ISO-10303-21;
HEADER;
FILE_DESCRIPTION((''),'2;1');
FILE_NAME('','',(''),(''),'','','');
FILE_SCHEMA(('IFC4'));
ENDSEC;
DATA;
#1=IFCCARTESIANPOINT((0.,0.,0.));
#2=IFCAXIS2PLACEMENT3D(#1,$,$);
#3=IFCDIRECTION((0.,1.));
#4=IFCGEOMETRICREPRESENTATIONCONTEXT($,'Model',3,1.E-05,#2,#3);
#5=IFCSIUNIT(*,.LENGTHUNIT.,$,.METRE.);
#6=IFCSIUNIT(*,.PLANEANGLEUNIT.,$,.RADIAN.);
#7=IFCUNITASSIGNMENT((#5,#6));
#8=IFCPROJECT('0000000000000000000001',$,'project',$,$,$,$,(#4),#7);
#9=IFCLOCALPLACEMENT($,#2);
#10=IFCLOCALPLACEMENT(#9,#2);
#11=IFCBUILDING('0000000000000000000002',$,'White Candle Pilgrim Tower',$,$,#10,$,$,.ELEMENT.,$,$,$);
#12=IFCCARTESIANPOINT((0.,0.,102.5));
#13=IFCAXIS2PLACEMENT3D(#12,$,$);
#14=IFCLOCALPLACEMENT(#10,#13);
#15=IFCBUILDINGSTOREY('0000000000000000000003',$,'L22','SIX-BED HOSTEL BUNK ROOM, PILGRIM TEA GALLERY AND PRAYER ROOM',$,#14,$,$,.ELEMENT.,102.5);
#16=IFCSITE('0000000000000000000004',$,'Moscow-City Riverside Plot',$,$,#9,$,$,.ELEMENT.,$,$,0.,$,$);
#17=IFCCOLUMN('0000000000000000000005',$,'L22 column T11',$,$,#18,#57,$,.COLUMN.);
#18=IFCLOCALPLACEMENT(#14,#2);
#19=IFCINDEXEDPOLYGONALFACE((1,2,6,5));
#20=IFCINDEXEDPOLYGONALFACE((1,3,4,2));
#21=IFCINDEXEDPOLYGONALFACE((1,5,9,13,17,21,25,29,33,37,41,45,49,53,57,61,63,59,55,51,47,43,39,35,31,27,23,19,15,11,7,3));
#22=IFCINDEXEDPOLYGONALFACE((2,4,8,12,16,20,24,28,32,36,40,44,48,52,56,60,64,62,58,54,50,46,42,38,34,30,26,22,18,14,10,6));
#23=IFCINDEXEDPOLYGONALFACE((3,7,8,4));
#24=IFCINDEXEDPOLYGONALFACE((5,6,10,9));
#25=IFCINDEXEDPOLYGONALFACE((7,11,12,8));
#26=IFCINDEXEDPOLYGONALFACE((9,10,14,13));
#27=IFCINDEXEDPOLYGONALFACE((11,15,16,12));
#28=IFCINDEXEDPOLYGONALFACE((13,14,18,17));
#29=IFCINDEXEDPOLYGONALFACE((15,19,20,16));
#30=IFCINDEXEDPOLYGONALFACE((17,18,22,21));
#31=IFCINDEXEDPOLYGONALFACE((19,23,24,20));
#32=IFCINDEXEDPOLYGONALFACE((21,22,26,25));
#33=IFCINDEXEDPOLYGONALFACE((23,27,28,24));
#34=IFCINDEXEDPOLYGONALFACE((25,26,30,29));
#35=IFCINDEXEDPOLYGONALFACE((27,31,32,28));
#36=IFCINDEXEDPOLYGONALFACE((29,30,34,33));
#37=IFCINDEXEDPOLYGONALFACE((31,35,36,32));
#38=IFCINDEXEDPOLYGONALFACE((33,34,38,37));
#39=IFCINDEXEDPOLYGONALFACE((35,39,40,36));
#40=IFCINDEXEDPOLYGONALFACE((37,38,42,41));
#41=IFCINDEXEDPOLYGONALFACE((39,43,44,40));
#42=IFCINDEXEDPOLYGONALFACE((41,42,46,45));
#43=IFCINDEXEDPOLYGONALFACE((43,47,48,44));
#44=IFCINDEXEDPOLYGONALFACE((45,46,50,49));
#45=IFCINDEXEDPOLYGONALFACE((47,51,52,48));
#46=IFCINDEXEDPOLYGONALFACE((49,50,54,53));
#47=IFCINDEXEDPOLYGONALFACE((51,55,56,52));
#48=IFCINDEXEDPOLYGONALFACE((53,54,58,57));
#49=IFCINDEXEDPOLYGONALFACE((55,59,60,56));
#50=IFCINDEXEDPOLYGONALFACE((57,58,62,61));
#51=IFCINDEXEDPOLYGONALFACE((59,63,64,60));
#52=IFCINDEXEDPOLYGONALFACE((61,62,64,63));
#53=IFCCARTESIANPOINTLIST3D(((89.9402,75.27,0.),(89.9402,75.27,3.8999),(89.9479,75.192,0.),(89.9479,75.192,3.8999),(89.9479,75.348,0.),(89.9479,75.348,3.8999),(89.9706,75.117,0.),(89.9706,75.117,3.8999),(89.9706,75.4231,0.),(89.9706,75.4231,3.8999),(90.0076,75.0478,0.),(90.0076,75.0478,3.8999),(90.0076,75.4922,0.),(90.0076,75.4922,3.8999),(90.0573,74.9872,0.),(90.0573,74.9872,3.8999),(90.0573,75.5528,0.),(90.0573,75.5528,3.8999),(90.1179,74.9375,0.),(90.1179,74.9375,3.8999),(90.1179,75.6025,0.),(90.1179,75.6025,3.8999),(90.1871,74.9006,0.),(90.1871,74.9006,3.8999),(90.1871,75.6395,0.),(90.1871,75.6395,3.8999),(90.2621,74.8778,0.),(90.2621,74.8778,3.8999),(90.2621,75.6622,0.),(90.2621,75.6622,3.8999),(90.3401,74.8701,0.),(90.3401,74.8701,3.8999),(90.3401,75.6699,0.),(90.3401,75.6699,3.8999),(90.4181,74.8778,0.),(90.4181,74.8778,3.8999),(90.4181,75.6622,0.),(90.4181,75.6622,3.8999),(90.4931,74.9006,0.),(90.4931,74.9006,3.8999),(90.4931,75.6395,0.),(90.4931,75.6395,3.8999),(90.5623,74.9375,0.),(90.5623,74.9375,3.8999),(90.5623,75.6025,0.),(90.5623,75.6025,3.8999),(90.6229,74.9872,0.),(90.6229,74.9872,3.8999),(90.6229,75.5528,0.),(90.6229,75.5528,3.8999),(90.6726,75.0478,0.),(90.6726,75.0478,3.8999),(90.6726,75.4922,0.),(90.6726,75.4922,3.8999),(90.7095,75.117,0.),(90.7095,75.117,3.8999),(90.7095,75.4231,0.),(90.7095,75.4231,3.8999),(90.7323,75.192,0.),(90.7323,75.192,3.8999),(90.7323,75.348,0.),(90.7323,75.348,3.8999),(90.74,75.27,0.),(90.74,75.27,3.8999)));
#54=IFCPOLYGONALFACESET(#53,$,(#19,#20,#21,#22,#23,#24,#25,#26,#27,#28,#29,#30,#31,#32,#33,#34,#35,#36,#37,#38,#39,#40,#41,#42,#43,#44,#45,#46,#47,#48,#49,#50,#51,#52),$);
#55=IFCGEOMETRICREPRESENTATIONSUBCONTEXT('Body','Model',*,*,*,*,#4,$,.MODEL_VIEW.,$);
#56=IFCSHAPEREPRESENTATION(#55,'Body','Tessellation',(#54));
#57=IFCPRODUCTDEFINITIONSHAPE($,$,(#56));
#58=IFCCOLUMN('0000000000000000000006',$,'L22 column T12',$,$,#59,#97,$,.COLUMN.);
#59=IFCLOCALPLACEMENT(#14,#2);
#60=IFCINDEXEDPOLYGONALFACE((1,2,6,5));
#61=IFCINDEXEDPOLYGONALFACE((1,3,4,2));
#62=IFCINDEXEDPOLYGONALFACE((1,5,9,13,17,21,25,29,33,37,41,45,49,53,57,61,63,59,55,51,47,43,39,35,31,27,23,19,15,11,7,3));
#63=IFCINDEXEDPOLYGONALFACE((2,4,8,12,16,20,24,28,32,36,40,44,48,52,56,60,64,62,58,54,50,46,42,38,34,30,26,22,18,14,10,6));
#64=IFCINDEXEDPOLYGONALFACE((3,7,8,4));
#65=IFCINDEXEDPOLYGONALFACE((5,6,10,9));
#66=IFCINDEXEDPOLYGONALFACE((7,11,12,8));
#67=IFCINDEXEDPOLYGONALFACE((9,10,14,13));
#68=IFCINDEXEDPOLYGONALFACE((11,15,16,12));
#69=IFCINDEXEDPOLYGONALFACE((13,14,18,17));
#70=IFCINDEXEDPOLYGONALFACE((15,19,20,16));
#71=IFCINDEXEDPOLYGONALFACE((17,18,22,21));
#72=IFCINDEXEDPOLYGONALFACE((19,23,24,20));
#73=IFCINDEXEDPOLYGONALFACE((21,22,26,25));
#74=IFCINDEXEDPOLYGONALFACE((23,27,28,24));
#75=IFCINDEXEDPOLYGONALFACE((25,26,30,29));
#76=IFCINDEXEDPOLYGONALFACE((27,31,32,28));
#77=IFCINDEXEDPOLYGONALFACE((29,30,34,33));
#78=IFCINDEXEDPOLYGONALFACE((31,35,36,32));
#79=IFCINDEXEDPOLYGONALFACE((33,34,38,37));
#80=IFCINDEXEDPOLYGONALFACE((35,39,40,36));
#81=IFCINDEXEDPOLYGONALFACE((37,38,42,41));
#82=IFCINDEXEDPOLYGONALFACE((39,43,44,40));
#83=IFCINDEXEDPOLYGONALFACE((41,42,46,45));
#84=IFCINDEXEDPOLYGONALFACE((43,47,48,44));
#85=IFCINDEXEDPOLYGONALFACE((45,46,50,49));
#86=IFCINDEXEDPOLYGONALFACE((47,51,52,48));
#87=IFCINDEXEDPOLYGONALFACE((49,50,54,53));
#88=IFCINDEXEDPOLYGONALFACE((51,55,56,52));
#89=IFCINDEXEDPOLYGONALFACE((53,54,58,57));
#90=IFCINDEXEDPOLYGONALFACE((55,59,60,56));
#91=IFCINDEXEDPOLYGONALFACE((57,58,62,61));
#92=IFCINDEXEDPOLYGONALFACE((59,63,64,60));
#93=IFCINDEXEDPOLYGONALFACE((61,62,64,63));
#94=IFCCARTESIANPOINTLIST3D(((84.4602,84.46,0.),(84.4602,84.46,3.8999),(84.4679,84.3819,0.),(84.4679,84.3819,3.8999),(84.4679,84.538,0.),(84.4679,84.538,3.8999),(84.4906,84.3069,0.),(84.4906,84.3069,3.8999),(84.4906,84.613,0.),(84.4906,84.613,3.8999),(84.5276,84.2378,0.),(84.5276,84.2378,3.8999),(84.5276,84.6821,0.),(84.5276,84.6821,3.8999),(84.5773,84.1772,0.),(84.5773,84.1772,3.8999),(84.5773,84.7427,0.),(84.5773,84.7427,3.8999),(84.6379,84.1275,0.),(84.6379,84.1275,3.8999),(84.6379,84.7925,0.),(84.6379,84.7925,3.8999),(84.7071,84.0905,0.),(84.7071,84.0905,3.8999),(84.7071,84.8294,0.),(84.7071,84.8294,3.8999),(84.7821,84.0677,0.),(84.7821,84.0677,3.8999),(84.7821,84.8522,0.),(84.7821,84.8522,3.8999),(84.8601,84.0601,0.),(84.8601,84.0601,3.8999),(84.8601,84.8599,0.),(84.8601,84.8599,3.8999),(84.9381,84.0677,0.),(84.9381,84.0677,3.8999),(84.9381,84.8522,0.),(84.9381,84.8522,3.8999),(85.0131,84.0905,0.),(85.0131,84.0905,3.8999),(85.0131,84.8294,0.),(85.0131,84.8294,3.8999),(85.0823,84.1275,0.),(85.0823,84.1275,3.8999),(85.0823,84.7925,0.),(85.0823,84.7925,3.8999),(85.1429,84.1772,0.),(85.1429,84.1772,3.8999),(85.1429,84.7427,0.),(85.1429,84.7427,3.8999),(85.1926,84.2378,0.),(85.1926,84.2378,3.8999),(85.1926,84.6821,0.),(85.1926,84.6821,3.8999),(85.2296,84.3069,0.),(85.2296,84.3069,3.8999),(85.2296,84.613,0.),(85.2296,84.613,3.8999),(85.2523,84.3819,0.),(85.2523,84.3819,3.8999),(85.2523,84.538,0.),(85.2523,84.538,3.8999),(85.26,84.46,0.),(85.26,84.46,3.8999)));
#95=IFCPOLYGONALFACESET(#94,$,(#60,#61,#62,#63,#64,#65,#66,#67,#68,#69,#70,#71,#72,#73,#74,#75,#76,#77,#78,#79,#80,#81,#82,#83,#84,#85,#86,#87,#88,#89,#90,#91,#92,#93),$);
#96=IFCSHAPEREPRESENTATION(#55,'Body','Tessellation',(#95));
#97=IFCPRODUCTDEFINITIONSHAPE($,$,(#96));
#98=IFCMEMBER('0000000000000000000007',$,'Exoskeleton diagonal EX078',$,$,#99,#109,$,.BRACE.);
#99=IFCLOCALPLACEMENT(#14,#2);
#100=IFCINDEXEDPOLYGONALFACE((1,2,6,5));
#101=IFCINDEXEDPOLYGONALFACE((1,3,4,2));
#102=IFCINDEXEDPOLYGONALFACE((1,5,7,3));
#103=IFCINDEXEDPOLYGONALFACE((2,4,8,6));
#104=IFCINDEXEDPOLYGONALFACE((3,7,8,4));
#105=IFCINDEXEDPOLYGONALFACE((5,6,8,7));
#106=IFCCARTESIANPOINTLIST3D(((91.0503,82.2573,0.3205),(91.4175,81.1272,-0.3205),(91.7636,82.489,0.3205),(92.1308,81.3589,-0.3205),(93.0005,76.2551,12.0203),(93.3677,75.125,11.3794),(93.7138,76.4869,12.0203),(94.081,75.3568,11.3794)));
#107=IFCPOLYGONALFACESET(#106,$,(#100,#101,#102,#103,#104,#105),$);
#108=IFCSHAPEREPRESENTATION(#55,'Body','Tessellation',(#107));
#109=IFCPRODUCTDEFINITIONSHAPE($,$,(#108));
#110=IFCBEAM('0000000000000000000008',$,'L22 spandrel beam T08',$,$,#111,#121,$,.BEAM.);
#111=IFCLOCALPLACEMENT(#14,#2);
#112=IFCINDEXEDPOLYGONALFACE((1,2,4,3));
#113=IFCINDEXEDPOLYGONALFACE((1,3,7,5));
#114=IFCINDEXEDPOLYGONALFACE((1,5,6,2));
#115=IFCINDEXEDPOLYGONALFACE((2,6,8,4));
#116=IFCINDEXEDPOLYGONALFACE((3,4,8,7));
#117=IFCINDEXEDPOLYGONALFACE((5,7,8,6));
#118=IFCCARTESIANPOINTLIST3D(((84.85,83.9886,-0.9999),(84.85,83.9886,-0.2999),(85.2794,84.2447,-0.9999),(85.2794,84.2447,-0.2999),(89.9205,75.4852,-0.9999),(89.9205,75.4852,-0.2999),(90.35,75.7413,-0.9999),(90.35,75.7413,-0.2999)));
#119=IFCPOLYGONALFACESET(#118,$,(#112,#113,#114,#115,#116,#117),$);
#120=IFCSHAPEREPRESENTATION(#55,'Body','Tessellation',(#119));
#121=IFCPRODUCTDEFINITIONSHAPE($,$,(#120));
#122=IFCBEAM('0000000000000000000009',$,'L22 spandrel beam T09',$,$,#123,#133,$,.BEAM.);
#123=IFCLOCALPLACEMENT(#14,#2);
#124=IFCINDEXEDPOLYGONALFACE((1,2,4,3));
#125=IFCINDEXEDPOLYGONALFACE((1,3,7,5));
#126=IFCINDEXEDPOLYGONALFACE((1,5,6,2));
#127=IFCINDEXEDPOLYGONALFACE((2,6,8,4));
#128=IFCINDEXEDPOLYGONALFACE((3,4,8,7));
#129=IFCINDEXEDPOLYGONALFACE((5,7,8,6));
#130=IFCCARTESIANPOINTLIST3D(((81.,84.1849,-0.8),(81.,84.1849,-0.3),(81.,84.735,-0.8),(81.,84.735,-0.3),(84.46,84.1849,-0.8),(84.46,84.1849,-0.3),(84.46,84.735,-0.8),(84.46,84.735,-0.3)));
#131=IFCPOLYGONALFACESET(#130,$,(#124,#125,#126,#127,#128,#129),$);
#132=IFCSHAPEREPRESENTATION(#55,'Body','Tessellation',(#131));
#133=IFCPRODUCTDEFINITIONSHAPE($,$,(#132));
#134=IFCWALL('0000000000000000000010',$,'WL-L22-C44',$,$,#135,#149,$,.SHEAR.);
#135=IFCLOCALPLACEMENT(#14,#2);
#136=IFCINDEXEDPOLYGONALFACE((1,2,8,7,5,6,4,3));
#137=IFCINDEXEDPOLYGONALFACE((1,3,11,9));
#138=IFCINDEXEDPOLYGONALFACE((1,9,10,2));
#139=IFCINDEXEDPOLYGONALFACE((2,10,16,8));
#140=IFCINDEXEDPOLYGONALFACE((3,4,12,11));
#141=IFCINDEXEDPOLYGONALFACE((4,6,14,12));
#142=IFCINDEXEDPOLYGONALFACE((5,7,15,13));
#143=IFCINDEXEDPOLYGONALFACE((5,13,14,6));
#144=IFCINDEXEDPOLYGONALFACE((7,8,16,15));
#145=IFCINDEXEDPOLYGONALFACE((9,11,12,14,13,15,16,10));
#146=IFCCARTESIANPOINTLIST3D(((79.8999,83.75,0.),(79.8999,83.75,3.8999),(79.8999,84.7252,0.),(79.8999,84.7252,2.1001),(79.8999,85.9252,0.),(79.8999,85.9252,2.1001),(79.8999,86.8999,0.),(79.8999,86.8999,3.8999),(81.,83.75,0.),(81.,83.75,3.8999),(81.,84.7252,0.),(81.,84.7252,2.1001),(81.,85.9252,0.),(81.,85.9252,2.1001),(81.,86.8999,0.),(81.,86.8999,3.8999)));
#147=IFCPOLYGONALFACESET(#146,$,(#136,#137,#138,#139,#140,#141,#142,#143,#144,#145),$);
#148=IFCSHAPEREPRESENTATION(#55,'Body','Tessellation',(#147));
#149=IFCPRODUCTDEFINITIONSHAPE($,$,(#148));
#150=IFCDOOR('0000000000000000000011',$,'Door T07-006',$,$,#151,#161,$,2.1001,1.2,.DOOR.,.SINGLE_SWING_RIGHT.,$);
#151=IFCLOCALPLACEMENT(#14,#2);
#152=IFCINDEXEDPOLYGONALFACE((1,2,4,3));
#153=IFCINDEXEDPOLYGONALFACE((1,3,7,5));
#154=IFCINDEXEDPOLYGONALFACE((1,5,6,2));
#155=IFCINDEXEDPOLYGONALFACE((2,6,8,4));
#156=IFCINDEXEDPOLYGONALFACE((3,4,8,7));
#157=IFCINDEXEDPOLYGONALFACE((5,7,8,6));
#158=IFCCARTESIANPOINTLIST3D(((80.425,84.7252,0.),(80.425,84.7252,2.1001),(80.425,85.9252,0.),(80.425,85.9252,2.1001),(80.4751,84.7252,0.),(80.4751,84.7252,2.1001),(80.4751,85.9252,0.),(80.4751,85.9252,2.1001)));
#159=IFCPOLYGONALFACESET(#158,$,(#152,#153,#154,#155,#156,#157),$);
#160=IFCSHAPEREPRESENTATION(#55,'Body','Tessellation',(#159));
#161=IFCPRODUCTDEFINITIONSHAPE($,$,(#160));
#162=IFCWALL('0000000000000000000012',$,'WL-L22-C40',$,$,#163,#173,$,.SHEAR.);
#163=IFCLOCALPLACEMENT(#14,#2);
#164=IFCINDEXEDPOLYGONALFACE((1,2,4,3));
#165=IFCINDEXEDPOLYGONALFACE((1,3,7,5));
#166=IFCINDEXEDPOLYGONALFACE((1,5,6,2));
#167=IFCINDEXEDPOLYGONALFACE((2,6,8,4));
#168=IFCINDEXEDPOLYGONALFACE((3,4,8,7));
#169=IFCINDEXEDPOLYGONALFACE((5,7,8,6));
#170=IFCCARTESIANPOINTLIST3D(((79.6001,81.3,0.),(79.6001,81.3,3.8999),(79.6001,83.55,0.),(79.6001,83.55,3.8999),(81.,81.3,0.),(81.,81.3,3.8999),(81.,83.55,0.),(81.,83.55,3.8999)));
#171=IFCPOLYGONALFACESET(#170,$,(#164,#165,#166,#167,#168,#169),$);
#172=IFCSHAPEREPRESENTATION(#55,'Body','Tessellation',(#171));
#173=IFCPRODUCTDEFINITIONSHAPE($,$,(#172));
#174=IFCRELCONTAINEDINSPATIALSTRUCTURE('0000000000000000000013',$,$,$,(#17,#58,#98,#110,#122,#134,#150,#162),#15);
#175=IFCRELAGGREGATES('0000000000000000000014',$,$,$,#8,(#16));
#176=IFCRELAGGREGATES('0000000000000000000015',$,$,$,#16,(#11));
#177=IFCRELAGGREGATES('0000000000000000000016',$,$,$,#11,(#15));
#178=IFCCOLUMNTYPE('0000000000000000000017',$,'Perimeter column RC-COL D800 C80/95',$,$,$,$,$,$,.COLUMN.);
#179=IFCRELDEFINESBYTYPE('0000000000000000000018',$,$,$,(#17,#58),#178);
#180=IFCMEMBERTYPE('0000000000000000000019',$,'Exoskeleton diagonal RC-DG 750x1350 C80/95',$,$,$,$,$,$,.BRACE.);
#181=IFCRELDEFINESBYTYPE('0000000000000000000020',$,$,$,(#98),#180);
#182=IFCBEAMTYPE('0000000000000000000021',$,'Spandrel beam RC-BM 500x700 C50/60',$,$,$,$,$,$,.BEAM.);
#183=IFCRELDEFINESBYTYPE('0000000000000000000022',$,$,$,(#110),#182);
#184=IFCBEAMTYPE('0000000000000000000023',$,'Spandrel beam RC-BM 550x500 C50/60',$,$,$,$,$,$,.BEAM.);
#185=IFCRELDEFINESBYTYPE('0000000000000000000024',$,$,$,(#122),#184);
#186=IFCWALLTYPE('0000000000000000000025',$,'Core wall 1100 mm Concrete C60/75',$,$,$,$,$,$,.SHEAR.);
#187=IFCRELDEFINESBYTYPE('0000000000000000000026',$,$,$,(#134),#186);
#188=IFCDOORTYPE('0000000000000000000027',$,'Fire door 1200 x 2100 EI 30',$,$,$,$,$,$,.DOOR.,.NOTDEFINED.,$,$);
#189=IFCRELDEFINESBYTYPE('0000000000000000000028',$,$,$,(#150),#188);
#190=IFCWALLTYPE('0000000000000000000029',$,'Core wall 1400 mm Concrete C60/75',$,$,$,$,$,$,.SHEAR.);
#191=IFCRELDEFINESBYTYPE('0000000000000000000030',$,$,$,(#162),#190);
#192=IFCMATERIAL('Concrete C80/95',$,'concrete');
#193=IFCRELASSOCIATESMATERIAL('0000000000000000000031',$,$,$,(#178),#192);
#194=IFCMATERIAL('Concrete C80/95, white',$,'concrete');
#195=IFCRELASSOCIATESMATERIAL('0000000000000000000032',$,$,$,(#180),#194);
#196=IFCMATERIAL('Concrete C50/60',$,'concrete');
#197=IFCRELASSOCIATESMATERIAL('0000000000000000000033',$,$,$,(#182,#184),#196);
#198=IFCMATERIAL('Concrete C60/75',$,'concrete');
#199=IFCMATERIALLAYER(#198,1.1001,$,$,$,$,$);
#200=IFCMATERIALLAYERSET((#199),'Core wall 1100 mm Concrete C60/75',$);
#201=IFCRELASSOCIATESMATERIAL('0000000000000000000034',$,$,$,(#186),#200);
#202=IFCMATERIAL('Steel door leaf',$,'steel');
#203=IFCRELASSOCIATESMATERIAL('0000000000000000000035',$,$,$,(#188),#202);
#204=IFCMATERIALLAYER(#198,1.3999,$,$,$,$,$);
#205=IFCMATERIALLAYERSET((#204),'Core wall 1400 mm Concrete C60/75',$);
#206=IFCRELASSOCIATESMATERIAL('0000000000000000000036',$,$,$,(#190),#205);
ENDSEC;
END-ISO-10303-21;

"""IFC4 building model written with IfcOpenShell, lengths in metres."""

from ifc_helpers import new_model, si_unit, direction, frame, frame_2d, origin, origin_2d, place, context, subcontext, project, spatial, rectangle, circle, extrude, material, layer, layer_set, material_profile, profile_set, type_object, element, fill, save


model = new_model("IFC4")

# Units and contexts
model_context = context("Model", 3, precision=1e-05, world=origin(), true_north=direction((0.0, 1.0)))
body_context = subcontext(model_context, "Body", "Model", "MODEL_VIEW")
ifc_project = project(units=[si_unit("LENGTHUNIT", "METRE"), si_unit("PLANEANGLEUNIT", "RADIAN")], contexts=[model_context])

# Site, building, storey
site_placement = place(None, origin())
site = spatial("IfcSite", under=ifc_project, at=site_placement, Name="Moscow-City Riverside Plot", CompositionType="ELEMENT", RefElevation=0.0)
building_placement = place(site_placement, origin())
building = spatial("IfcBuilding", under=site, at=building_placement, Name="White Candle Pilgrim Tower", CompositionType="ELEMENT")
storey_placement = place(building_placement, frame((0.0, 0.0, 102.5)))
storey = spatial("IfcBuildingStorey", under=building, at=storey_placement, Name="L22", Description="SIX-BED HOSTEL BUNK ROOM, PILGRIM TEA GALLERY AND PRAYER ROOM", CompositionType="ELEMENT", Elevation=102.5)

# Columns
ifc_material_1 = material(Name="Concrete C80/95", Category="concrete")
ifc_material_profile_1 = material_profile(ifc_material_1, circle(Radius=0.3999, at=origin_2d()), Name="RC-COL D800")
ifc_profile_set_1 = profile_set([ifc_material_profile_1], Name="Concrete C80/95")
column_type = type_object("IfcColumnType", Name="Perimeter column RC-COL D800 C80/95", PredefinedType="COLUMN", material=ifc_profile_set_1)
for number, where, z_axis, x_axis, name in (
    (1, (90.3401, 75.27, 0.0), (0.0, 0.0, 1.0), (1.0, 0.0, 0.0), "L22 column T11"),
    (2, (84.8601, 84.46, 0.0), (0.0, 0.0, 1.0), (1.0, 0.0, 0.0), "L22 column T12"),
):
    element("IfcColumn", number, at=place(storey_placement, frame(where, z_axis=z_axis, x_axis=x_axis)), inside=storey, type_object=column_type, Name=name, PredefinedType="COLUMN", context=body_context, shape_type="SweptSolid", body=[
        extrude(circle(Radius=0.3999, at=origin_2d()), origin(), (0.0, 0.0, 1.0), 3.8999),
    ])

# Member
ifc_material_2 = material(Name="Concrete C80/95, white", Category="concrete")
ifc_material_profile_2 = material_profile(ifc_material_2, rectangle(XDim=0.75, YDim=1.3501, at=origin_2d()), Name="RC-DG 750x1350")
ifc_profile_set_2 = profile_set([ifc_material_profile_2], Name="Concrete C80/95, white")
member_type = type_object("IfcMemberType", Name="Exoskeleton diagonal RC-DG 750x1350 C80/95", PredefinedType="BRACE", material=ifc_profile_set_2)
member_placement = place(storey_placement, frame((91.5906, 81.8081, 0.0), z_axis=(0.146702, -0.451512, 0.880122), x_axis=(0.951058, 0.309012, 0.0)))
element("IfcMember", 3, at=member_placement, inside=storey, type_object=member_type, Name="Exoskeleton diagonal EX078", PredefinedType="BRACE", context=body_context, shape_type="SweptSolid", body=[
    extrude(rectangle(XDim=0.75, YDim=1.3501, at=origin_2d()), origin(), (0.0, 0.0, 1.0), 13.2935),
])

# Beams
ifc_material_3 = material(Name="Concrete C50/60", Category="concrete")
ifc_material_profile_3 = material_profile(ifc_material_3, rectangle(XDim=0.5, YDim=0.7, at=origin_2d()), Name="RC-BM 500x700")
ifc_profile_set_3 = profile_set([ifc_material_profile_3], Name="Concrete C50/60")
beam_type_1 = type_object("IfcBeamType", Name="Spandrel beam RC-BM 500x700 C50/60", PredefinedType="BEAM", material=ifc_profile_set_3)
beam_1_placement = place(storey_placement, frame((90.1353, 75.6133, -0.6499), z_axis=(-0.512155, 0.858893, 0.0), x_axis=(-0.858893, -0.512155, 0.0)))
element("IfcBeam", 4, at=beam_1_placement, inside=storey, type_object=beam_type_1, Name="L22 spandrel beam T08", PredefinedType="BEAM", context=body_context, shape_type="SweptSolid", body=[
    extrude(rectangle(XDim=0.5, YDim=0.7, at=origin_2d()), origin(), (0.0, 0.0, 1.0), 9.9004),
])
ifc_material_profile_4 = material_profile(ifc_material_3, rectangle(XDim=0.55, YDim=0.5, at=origin_2d()), Name="RC-BM 550x500")
ifc_profile_set_4 = profile_set([ifc_material_profile_4], Name="Concrete C50/60")
beam_type_2 = type_object("IfcBeamType", Name="Spandrel beam RC-BM 550x500 C50/60", PredefinedType="BEAM", material=ifc_profile_set_4)
beam_2_placement = place(storey_placement, frame((84.46, 84.46, -0.55), z_axis=(-1.0, 0.0, 0.0), x_axis=(0.0, -1.0, 0.0)))
element("IfcBeam", 5, at=beam_2_placement, inside=storey, type_object=beam_type_2, Name="L22 spandrel beam T09", PredefinedType="BEAM", context=body_context, shape_type="SweptSolid", body=[
    extrude(rectangle(XDim=0.55, YDim=0.5, at=origin_2d()), origin(), (0.0, 0.0, 1.0), 3.46),
])

# Wall, opening, door
ifc_material_4 = material(Name="Concrete C60/75", Category="concrete")
ifc_layer_1 = layer(ifc_material_4, 1.1001)
ifc_layer_set_1 = layer_set([ifc_layer_1], Name="Core wall 1100 mm Concrete C60/75")
wall_type_1 = type_object("IfcWallType", Name="Core wall 1100 mm Concrete C60/75", PredefinedType="SHEAR", material=ifc_layer_set_1)
wall_1_placement = place(storey_placement, frame((80.45, 83.75, 0.0), z_axis=(0.0, 0.0, 1.0), x_axis=(0.0, 1.0, 0.0)))
wall_1 = element("IfcWall", 6, at=wall_1_placement, inside=storey, type_object=wall_type_1, Name="WL-L22-C44", PredefinedType="SHEAR", context=body_context, shape_type="SweptSolid", body=[
    extrude(rectangle(XDim=3.1499, YDim=1.1001, at=frame_2d((1.575, 0.0))), origin(), (0.0, 0.0, 1.0), 3.8999),
])
opening_1_placement = place(wall_1_placement, frame((0.9751, 0.0, 0.0)))
opening_1 = element("IfcOpeningElement", 7, at=opening_1_placement, cuts=wall_1, PredefinedType="OPENING", context=body_context, shape_type="SweptSolid", body=[
    extrude(rectangle(XDim=1.2, YDim=2.1001, at=frame_2d((0.6001, 1.05))), frame((0.0, 0.5601, 0.0), z_axis=(0.0, -1.0, 0.0), x_axis=(1.0, 0.0, 0.0)), (0.0, 0.0, 1.0), 1.1201),
])
ifc_material_5 = material(Name="Steel door leaf", Category="steel")
door_type_1 = type_object("IfcDoorType", Name="Fire door 1200 x 2100 EI 30", OperationType="NOTDEFINED", PredefinedType="DOOR", material=ifc_material_5)
door_1_placement = place(opening_1_placement, origin())
door_1 = element("IfcDoor", 8, at=door_1_placement, inside=storey, type_object=door_type_1, Name="Door T07-006", OperationType="SINGLE_SWING_RIGHT", OverallHeight=2.1001, OverallWidth=1.2, PredefinedType="DOOR", context=body_context, shape_type="SweptSolid", body=[
    extrude(rectangle(XDim=1.2, YDim=2.1001, at=frame_2d((0.6001, 1.05))), frame((0.0, 0.0249, 0.0), z_axis=(0.0, -1.0, 0.0), x_axis=(1.0, 0.0, 0.0)), (0.0, 0.0, 1.0), 0.05),
])
fill(opening_1, door_1)

# Wall
ifc_layer_2 = layer(ifc_material_4, 1.3999)
ifc_layer_set_2 = layer_set([ifc_layer_2], Name="Core wall 1400 mm Concrete C60/75")
wall_type_2 = type_object("IfcWallType", Name="Core wall 1400 mm Concrete C60/75", PredefinedType="SHEAR", material=ifc_layer_set_2)
wall_2_placement = place(storey_placement, frame((80.3, 81.3, 0.0), z_axis=(0.0, 0.0, 1.0), x_axis=(0.0, 1.0, 0.0)))
element("IfcWall", 9, at=wall_2_placement, inside=storey, type_object=wall_type_2, Name="WL-L22-C40", PredefinedType="SHEAR", context=body_context, shape_type="SweptSolid", body=[
    extrude(rectangle(XDim=2.25, YDim=1.3999, at=frame_2d((1.125, 0.0))), origin(), (0.0, 0.0, 1.0), 3.8999),
])

save(model, "model.ifc")
